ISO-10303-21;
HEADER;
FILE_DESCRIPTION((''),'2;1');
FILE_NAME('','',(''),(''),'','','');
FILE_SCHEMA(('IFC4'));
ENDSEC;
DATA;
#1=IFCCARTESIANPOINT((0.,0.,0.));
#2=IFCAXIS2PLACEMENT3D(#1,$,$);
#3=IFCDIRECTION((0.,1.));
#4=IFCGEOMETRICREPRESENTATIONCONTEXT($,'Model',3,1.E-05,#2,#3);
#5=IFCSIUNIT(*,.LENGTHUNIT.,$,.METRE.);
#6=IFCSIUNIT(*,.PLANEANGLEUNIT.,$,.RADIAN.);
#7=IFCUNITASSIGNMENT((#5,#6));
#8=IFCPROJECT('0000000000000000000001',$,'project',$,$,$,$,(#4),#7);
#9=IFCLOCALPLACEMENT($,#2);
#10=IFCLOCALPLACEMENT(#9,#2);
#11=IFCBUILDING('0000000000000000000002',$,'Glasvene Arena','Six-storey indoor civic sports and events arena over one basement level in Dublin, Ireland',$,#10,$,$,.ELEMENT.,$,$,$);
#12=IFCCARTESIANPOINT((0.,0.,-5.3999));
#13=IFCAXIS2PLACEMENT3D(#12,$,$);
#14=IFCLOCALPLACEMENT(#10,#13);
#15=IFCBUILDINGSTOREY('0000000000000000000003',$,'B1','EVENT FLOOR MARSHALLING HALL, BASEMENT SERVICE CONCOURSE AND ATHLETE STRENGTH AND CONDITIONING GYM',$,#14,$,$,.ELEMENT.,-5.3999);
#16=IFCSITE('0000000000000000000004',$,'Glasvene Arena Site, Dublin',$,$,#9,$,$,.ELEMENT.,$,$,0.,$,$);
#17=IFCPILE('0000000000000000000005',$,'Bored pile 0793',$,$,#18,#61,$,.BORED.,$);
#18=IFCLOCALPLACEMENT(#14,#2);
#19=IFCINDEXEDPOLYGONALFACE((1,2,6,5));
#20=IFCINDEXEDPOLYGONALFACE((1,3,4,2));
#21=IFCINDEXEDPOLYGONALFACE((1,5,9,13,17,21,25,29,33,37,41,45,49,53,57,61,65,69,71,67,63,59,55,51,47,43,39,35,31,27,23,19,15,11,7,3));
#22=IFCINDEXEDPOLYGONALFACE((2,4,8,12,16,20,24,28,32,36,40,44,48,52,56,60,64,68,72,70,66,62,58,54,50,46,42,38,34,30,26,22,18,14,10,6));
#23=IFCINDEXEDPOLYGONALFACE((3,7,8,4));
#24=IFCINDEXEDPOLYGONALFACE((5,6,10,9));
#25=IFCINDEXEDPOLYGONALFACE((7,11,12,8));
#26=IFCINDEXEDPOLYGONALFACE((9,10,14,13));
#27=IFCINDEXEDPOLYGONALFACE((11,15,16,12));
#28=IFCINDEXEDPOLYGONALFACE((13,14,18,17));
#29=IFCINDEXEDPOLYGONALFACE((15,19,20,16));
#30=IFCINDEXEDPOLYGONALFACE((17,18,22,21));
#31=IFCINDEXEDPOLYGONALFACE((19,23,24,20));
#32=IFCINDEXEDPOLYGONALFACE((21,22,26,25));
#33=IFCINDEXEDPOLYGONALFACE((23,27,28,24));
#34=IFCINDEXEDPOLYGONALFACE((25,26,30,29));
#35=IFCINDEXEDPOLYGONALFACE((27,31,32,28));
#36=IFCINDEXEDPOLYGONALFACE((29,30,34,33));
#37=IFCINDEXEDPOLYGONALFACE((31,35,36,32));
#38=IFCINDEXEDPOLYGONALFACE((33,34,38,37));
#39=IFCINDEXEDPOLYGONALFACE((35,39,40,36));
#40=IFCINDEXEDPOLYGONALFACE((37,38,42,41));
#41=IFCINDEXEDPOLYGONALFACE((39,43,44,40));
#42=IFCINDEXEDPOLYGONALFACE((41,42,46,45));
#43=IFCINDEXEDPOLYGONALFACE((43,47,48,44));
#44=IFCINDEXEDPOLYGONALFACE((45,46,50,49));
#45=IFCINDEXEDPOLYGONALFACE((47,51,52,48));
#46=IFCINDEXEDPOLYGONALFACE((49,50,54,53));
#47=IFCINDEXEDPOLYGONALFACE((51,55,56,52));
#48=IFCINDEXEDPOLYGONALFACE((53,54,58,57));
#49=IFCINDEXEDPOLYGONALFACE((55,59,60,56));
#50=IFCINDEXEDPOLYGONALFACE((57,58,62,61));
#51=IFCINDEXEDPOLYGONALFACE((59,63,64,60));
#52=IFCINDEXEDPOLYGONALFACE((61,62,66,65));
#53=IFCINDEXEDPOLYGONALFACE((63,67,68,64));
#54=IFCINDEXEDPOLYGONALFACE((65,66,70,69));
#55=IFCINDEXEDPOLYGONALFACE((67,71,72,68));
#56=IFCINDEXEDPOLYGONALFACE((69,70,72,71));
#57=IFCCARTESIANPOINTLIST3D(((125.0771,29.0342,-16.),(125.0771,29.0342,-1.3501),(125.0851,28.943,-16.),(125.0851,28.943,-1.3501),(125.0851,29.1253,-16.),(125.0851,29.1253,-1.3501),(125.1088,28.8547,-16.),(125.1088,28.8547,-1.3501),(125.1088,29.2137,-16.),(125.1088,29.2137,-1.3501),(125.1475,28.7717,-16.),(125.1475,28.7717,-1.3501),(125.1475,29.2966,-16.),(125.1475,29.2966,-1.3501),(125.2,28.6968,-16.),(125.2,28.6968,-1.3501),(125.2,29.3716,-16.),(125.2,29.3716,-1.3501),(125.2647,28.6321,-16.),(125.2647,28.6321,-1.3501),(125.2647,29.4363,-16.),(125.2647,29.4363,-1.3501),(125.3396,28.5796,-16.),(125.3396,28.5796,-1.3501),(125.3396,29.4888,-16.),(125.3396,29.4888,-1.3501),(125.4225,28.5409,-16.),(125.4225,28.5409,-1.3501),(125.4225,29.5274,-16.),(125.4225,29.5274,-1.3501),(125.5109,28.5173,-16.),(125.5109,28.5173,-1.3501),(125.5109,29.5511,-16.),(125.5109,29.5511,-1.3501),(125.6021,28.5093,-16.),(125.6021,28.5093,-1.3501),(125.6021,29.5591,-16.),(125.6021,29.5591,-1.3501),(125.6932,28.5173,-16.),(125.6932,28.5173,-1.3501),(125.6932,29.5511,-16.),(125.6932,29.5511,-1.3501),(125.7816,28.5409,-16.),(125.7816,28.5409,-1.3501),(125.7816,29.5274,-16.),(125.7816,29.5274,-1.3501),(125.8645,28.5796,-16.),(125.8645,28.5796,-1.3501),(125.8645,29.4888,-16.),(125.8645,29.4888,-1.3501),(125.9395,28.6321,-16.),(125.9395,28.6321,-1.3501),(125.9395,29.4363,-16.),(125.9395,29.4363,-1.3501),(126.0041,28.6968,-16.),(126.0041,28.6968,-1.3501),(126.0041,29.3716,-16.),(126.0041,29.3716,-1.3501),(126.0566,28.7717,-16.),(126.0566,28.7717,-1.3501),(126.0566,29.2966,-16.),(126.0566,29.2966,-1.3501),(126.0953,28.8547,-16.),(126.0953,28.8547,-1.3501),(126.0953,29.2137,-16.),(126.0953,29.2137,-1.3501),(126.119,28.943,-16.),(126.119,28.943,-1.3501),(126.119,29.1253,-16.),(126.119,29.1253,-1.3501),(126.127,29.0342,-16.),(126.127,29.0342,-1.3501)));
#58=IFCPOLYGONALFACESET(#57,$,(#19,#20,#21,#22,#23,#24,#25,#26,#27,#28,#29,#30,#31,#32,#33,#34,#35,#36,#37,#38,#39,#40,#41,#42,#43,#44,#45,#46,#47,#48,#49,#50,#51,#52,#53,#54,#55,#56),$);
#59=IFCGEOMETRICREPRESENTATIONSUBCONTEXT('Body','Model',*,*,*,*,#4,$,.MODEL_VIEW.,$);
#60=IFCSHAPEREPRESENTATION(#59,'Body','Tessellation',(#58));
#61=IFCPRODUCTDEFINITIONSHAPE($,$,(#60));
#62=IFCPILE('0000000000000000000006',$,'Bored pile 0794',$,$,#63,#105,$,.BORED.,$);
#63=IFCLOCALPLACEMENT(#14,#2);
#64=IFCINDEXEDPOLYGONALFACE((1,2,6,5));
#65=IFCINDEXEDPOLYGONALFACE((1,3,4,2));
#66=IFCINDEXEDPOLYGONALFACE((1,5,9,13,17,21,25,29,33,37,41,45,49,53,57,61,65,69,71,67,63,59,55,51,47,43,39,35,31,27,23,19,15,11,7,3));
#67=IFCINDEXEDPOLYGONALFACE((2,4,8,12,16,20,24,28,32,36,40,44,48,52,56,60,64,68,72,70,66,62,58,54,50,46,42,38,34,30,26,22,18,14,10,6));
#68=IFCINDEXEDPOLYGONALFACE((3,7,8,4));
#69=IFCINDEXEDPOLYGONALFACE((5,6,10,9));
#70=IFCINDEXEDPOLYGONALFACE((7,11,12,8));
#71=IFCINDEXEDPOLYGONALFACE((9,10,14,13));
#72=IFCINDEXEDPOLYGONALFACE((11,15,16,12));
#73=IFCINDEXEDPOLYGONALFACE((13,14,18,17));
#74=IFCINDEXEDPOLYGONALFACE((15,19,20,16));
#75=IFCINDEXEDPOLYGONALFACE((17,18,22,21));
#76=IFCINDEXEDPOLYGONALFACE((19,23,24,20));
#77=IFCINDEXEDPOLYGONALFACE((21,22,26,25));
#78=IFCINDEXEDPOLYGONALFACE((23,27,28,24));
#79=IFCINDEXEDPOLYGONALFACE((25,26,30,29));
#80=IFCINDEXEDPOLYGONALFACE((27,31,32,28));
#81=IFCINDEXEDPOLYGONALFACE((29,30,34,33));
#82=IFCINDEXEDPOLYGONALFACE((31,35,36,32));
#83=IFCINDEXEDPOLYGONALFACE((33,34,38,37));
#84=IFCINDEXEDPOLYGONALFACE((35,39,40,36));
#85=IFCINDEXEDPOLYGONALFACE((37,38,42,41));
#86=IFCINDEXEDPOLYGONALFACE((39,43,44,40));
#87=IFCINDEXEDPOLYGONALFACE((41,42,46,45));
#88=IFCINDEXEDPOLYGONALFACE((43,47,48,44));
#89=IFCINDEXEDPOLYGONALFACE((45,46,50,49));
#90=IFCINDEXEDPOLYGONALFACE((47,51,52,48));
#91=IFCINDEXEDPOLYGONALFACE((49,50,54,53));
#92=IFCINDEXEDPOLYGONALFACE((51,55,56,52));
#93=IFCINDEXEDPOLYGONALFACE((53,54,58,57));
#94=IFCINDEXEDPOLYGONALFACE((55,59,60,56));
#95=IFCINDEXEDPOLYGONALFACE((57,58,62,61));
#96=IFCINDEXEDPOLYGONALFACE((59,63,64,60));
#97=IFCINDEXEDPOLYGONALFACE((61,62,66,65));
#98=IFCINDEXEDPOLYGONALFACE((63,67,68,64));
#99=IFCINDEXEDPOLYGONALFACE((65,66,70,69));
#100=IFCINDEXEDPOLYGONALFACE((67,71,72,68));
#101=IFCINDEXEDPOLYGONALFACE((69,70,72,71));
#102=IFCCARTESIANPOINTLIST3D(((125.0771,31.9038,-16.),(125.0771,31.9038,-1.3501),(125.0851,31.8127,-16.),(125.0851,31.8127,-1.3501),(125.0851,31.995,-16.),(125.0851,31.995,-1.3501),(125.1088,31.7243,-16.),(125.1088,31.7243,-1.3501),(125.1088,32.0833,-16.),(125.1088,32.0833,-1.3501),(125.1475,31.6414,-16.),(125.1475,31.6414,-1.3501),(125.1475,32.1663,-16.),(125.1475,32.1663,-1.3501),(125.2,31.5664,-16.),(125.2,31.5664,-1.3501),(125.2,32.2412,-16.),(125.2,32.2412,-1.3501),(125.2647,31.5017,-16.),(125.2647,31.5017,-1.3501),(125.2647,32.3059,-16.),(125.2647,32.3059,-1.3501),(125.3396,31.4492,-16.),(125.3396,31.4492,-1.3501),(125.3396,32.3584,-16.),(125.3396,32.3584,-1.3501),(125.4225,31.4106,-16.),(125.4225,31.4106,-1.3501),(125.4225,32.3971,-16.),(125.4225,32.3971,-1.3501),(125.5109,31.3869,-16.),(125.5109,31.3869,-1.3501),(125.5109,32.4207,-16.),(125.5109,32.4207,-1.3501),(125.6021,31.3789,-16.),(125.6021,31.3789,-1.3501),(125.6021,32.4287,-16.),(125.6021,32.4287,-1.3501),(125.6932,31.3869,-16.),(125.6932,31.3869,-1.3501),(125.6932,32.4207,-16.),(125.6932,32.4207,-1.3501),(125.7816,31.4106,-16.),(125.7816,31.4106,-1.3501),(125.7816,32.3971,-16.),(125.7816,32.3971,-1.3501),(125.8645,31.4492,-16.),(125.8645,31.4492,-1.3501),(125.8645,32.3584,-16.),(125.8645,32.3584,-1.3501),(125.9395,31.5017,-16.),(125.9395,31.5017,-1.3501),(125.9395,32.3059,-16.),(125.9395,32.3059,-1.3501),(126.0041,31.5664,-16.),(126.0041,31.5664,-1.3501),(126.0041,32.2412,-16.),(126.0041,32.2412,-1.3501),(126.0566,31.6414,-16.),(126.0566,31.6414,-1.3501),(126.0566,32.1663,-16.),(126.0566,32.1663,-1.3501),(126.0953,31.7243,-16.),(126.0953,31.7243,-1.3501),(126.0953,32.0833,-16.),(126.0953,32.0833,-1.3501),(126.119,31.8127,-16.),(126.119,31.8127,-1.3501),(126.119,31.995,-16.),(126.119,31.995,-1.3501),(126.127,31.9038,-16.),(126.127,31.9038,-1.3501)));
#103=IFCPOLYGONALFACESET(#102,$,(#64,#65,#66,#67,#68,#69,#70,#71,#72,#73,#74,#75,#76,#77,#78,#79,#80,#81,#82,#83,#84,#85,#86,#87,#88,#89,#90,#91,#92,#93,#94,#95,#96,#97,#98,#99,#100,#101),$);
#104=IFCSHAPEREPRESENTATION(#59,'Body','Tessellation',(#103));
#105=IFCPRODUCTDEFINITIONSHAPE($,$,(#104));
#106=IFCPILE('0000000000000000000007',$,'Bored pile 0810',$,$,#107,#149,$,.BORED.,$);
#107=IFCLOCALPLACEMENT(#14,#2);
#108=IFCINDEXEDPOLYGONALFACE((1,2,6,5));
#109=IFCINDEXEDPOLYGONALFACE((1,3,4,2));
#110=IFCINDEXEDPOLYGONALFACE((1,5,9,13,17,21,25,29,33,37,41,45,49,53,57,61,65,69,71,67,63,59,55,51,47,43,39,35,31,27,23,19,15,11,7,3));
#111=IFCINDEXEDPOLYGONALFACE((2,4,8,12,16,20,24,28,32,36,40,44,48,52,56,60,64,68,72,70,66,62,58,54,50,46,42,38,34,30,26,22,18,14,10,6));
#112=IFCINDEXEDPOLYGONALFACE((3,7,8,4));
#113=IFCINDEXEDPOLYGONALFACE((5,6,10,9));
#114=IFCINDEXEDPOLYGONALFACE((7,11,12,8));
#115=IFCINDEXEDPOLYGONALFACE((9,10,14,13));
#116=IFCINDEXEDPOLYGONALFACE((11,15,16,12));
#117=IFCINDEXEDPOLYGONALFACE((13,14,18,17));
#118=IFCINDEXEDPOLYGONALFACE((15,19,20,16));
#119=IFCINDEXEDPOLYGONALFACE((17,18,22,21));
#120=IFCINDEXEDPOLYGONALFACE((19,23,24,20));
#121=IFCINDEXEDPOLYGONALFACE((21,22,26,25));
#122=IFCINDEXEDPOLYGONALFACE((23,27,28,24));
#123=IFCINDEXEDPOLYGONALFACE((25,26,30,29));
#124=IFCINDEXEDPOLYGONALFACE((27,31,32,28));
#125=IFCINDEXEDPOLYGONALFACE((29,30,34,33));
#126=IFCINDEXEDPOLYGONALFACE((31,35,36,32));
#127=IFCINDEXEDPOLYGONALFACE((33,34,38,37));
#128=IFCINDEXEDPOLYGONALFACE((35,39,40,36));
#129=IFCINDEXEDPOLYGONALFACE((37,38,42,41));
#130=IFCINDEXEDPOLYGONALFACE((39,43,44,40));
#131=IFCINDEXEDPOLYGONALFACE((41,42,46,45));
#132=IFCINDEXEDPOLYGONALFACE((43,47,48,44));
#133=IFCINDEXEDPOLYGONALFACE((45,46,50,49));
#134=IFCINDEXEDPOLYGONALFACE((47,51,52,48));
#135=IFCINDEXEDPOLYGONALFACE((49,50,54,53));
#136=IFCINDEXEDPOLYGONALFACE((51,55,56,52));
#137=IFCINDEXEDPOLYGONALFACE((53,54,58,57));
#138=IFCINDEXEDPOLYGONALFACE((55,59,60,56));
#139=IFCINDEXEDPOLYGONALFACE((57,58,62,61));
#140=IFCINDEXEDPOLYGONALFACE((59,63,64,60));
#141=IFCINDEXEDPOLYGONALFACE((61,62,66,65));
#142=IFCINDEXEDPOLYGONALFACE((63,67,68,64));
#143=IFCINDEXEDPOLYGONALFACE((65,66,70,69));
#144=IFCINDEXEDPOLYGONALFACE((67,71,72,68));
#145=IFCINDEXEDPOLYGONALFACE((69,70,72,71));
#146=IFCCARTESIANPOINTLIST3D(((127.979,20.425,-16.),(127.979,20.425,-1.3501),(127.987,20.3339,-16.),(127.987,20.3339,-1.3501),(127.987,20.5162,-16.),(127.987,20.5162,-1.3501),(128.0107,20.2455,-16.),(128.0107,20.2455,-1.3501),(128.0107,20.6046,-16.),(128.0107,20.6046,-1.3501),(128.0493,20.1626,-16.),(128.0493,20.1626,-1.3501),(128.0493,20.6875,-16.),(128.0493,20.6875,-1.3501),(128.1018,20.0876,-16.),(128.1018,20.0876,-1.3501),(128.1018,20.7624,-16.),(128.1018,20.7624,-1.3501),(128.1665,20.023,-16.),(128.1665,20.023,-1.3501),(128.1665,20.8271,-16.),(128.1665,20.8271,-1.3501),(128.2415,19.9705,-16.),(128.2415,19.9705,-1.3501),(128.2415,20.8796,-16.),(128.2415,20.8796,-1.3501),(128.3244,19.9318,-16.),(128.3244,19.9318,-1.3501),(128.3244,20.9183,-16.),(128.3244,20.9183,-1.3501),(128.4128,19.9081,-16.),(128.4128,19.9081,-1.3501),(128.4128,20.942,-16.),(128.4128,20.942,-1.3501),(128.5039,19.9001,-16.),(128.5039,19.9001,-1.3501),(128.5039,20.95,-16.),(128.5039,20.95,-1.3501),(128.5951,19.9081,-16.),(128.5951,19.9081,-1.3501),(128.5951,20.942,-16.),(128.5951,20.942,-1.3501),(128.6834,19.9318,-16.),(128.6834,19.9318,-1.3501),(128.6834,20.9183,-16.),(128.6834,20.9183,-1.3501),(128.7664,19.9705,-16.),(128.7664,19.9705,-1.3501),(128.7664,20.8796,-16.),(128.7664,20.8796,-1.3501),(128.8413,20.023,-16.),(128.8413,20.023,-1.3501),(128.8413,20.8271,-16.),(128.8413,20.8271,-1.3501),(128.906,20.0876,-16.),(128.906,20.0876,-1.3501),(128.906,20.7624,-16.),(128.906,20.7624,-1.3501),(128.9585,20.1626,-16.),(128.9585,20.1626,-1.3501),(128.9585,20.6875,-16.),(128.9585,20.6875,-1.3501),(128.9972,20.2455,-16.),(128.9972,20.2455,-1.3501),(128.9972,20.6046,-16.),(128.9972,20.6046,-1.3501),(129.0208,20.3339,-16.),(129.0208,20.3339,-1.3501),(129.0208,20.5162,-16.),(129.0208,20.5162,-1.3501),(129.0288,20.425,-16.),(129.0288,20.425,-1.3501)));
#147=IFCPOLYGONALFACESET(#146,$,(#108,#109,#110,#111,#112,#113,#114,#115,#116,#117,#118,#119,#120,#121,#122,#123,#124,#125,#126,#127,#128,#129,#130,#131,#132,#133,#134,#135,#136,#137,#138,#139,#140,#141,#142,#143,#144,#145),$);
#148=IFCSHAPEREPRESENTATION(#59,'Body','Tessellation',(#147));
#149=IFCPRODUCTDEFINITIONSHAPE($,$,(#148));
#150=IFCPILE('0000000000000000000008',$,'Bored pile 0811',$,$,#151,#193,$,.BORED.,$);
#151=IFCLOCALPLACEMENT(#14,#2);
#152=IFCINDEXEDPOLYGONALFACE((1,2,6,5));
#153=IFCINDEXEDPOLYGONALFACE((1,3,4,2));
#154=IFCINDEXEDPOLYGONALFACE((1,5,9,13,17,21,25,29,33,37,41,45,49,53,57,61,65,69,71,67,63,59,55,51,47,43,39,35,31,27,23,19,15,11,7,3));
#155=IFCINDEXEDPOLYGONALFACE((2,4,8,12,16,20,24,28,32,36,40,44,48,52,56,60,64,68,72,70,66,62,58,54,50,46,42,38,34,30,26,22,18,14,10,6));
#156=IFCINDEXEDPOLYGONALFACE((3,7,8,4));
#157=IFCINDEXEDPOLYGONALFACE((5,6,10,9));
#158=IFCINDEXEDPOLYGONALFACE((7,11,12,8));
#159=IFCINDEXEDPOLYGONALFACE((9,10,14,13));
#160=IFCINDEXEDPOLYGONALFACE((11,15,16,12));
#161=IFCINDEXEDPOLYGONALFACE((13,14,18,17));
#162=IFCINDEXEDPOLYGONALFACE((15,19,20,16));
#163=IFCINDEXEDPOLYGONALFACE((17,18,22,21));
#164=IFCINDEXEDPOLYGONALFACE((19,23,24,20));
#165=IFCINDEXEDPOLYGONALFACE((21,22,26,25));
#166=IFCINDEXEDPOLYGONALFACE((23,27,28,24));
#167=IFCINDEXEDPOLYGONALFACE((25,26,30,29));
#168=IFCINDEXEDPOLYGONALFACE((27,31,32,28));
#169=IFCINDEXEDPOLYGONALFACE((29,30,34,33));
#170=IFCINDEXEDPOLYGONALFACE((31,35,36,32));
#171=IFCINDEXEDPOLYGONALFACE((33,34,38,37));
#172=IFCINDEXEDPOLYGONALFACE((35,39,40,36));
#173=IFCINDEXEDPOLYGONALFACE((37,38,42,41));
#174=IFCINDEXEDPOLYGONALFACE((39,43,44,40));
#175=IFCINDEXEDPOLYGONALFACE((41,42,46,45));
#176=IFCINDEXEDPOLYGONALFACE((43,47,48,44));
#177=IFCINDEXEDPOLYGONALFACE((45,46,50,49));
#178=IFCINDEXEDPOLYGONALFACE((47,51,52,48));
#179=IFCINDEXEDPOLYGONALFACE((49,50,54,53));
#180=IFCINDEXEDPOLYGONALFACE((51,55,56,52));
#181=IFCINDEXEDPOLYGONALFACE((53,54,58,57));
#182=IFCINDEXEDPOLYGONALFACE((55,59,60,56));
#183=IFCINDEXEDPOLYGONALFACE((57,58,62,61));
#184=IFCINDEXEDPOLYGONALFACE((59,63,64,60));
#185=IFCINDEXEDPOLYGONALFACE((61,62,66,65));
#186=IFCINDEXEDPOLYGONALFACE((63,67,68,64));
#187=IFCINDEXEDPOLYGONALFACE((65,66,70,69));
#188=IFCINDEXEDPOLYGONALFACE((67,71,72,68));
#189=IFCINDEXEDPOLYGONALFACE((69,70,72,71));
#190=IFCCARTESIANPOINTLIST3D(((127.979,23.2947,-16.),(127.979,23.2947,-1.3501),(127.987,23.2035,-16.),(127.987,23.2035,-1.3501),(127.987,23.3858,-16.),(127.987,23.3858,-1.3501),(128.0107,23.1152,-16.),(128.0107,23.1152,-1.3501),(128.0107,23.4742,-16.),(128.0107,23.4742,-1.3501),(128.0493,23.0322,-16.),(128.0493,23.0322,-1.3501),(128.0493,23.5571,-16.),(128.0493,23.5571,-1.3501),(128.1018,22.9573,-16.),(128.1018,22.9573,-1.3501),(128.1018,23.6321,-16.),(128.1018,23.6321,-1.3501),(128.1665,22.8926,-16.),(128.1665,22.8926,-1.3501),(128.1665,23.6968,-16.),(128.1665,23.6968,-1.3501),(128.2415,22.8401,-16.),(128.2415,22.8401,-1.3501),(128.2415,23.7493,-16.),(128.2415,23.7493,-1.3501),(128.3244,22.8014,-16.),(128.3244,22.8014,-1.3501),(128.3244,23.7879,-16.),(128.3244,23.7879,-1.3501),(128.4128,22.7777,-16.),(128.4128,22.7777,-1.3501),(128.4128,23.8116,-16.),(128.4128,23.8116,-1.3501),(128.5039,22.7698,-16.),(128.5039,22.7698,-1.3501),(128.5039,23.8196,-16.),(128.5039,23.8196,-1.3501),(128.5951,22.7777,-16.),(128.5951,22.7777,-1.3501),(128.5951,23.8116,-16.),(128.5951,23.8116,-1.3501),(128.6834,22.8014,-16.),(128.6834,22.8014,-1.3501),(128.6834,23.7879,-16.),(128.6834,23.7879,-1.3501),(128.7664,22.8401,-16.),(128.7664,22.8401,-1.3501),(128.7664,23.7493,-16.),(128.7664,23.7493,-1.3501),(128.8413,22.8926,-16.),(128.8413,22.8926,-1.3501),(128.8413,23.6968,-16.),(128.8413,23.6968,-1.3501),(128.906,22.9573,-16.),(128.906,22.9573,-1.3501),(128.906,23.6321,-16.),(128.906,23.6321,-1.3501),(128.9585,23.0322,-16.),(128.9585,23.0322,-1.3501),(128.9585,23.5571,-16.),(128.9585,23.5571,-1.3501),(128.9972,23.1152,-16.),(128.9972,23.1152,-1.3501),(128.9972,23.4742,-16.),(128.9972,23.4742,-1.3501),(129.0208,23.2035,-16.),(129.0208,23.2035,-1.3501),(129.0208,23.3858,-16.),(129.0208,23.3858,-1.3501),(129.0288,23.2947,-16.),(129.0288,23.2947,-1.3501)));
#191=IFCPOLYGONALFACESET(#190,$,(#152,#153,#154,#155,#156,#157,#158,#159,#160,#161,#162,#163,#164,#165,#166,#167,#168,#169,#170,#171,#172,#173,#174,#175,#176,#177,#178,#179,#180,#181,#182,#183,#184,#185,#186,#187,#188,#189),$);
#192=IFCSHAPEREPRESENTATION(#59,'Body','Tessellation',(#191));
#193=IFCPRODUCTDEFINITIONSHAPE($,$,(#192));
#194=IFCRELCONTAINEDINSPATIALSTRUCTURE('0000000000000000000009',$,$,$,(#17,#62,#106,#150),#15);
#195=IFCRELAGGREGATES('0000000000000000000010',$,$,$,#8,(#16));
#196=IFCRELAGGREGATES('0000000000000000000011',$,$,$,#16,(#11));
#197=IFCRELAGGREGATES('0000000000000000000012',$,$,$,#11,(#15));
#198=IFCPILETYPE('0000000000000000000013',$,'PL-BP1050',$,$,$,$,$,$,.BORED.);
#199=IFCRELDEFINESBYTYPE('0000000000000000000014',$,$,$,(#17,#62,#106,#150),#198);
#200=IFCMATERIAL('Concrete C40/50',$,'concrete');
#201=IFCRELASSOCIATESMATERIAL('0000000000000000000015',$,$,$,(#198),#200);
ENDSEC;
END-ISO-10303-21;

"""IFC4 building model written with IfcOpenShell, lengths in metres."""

from ifc_helpers import new_model, si_unit, direction, frame, origin, origin_2d, place, context, subcontext, project, spatial, circle, extrude, material, material_profile, profile_set, type_object, element, save


model = new_model("IFC4")

# Units and contexts
model_context = context("Model", 3, precision=1e-05, world=origin(), true_north=direction((0.0, 1.0)))
body_context = subcontext(model_context, "Body", "Model", "MODEL_VIEW")
ifc_project = project(units=[si_unit("LENGTHUNIT", "METRE"), si_unit("PLANEANGLEUNIT", "RADIAN")], contexts=[model_context])

# Site, building, storey
site_placement = place(None, origin())
site = spatial("IfcSite", under=ifc_project, at=site_placement, Name="Glasvene Arena Site, Dublin", CompositionType="ELEMENT", RefElevation=0.0)
building_placement = place(site_placement, origin())
building = spatial("IfcBuilding", under=site, at=building_placement, Name="Glasvene Arena", Description="Six-storey indoor civic sports and events arena over one basement level in Dublin, Ireland", CompositionType="ELEMENT")
storey_placement = place(building_placement, frame((0.0, 0.0, -5.3999)))
storey = spatial("IfcBuildingStorey", under=building, at=storey_placement, Name="B1", Description="EVENT FLOOR MARSHALLING HALL, BASEMENT SERVICE CONCOURSE AND ATHLETE STRENGTH AND CONDITIONING GYM", CompositionType="ELEMENT", Elevation=-5.3999)

# Piles
ifc_material_1 = material(Name="Concrete C40/50", Category="concrete")
ifc_material_profile_1 = material_profile(ifc_material_1, circle(Radius=0.5249, at=origin_2d()), Name="BORED PILE 1050")
ifc_profile_set_1 = profile_set([ifc_material_profile_1], Name="Concrete C40/50")
pile_type = type_object("IfcPileType", Name="PL-BP1050", PredefinedType="BORED", material=ifc_profile_set_1)
for number, where, z_axis, x_axis, name in (
    (1, (125.6021, 29.0342, -1.3501), (0.0, 0.0, -1.0), (1.0, 0.0, 0.0), "Bored pile 0793"),
    (2, (125.6021, 31.9038, -1.3501), (0.0, 0.0, -1.0), (1.0, 0.0, 0.0), "Bored pile 0794"),
    (3, (128.5039, 20.425, -1.3501), (0.0, 0.0, -1.0), (1.0, 0.0, 0.0), "Bored pile 0810"),
    (4, (128.5039, 23.2947, -1.3501), (0.0, 0.0, -1.0), (1.0, 0.0, 0.0), "Bored pile 0811"),
):
    element("IfcPile", number, at=place(storey_placement, frame(where, z_axis=z_axis, x_axis=x_axis)), inside=storey, type_object=pile_type, Name=name, PredefinedType="BORED", context=body_context, shape_type="SweptSolid", body=[
        extrude(circle(Radius=0.5249, at=origin_2d()), origin(), (0.0, 0.0, 1.0), 14.6499),
    ])

save(model, "model.ifc")
